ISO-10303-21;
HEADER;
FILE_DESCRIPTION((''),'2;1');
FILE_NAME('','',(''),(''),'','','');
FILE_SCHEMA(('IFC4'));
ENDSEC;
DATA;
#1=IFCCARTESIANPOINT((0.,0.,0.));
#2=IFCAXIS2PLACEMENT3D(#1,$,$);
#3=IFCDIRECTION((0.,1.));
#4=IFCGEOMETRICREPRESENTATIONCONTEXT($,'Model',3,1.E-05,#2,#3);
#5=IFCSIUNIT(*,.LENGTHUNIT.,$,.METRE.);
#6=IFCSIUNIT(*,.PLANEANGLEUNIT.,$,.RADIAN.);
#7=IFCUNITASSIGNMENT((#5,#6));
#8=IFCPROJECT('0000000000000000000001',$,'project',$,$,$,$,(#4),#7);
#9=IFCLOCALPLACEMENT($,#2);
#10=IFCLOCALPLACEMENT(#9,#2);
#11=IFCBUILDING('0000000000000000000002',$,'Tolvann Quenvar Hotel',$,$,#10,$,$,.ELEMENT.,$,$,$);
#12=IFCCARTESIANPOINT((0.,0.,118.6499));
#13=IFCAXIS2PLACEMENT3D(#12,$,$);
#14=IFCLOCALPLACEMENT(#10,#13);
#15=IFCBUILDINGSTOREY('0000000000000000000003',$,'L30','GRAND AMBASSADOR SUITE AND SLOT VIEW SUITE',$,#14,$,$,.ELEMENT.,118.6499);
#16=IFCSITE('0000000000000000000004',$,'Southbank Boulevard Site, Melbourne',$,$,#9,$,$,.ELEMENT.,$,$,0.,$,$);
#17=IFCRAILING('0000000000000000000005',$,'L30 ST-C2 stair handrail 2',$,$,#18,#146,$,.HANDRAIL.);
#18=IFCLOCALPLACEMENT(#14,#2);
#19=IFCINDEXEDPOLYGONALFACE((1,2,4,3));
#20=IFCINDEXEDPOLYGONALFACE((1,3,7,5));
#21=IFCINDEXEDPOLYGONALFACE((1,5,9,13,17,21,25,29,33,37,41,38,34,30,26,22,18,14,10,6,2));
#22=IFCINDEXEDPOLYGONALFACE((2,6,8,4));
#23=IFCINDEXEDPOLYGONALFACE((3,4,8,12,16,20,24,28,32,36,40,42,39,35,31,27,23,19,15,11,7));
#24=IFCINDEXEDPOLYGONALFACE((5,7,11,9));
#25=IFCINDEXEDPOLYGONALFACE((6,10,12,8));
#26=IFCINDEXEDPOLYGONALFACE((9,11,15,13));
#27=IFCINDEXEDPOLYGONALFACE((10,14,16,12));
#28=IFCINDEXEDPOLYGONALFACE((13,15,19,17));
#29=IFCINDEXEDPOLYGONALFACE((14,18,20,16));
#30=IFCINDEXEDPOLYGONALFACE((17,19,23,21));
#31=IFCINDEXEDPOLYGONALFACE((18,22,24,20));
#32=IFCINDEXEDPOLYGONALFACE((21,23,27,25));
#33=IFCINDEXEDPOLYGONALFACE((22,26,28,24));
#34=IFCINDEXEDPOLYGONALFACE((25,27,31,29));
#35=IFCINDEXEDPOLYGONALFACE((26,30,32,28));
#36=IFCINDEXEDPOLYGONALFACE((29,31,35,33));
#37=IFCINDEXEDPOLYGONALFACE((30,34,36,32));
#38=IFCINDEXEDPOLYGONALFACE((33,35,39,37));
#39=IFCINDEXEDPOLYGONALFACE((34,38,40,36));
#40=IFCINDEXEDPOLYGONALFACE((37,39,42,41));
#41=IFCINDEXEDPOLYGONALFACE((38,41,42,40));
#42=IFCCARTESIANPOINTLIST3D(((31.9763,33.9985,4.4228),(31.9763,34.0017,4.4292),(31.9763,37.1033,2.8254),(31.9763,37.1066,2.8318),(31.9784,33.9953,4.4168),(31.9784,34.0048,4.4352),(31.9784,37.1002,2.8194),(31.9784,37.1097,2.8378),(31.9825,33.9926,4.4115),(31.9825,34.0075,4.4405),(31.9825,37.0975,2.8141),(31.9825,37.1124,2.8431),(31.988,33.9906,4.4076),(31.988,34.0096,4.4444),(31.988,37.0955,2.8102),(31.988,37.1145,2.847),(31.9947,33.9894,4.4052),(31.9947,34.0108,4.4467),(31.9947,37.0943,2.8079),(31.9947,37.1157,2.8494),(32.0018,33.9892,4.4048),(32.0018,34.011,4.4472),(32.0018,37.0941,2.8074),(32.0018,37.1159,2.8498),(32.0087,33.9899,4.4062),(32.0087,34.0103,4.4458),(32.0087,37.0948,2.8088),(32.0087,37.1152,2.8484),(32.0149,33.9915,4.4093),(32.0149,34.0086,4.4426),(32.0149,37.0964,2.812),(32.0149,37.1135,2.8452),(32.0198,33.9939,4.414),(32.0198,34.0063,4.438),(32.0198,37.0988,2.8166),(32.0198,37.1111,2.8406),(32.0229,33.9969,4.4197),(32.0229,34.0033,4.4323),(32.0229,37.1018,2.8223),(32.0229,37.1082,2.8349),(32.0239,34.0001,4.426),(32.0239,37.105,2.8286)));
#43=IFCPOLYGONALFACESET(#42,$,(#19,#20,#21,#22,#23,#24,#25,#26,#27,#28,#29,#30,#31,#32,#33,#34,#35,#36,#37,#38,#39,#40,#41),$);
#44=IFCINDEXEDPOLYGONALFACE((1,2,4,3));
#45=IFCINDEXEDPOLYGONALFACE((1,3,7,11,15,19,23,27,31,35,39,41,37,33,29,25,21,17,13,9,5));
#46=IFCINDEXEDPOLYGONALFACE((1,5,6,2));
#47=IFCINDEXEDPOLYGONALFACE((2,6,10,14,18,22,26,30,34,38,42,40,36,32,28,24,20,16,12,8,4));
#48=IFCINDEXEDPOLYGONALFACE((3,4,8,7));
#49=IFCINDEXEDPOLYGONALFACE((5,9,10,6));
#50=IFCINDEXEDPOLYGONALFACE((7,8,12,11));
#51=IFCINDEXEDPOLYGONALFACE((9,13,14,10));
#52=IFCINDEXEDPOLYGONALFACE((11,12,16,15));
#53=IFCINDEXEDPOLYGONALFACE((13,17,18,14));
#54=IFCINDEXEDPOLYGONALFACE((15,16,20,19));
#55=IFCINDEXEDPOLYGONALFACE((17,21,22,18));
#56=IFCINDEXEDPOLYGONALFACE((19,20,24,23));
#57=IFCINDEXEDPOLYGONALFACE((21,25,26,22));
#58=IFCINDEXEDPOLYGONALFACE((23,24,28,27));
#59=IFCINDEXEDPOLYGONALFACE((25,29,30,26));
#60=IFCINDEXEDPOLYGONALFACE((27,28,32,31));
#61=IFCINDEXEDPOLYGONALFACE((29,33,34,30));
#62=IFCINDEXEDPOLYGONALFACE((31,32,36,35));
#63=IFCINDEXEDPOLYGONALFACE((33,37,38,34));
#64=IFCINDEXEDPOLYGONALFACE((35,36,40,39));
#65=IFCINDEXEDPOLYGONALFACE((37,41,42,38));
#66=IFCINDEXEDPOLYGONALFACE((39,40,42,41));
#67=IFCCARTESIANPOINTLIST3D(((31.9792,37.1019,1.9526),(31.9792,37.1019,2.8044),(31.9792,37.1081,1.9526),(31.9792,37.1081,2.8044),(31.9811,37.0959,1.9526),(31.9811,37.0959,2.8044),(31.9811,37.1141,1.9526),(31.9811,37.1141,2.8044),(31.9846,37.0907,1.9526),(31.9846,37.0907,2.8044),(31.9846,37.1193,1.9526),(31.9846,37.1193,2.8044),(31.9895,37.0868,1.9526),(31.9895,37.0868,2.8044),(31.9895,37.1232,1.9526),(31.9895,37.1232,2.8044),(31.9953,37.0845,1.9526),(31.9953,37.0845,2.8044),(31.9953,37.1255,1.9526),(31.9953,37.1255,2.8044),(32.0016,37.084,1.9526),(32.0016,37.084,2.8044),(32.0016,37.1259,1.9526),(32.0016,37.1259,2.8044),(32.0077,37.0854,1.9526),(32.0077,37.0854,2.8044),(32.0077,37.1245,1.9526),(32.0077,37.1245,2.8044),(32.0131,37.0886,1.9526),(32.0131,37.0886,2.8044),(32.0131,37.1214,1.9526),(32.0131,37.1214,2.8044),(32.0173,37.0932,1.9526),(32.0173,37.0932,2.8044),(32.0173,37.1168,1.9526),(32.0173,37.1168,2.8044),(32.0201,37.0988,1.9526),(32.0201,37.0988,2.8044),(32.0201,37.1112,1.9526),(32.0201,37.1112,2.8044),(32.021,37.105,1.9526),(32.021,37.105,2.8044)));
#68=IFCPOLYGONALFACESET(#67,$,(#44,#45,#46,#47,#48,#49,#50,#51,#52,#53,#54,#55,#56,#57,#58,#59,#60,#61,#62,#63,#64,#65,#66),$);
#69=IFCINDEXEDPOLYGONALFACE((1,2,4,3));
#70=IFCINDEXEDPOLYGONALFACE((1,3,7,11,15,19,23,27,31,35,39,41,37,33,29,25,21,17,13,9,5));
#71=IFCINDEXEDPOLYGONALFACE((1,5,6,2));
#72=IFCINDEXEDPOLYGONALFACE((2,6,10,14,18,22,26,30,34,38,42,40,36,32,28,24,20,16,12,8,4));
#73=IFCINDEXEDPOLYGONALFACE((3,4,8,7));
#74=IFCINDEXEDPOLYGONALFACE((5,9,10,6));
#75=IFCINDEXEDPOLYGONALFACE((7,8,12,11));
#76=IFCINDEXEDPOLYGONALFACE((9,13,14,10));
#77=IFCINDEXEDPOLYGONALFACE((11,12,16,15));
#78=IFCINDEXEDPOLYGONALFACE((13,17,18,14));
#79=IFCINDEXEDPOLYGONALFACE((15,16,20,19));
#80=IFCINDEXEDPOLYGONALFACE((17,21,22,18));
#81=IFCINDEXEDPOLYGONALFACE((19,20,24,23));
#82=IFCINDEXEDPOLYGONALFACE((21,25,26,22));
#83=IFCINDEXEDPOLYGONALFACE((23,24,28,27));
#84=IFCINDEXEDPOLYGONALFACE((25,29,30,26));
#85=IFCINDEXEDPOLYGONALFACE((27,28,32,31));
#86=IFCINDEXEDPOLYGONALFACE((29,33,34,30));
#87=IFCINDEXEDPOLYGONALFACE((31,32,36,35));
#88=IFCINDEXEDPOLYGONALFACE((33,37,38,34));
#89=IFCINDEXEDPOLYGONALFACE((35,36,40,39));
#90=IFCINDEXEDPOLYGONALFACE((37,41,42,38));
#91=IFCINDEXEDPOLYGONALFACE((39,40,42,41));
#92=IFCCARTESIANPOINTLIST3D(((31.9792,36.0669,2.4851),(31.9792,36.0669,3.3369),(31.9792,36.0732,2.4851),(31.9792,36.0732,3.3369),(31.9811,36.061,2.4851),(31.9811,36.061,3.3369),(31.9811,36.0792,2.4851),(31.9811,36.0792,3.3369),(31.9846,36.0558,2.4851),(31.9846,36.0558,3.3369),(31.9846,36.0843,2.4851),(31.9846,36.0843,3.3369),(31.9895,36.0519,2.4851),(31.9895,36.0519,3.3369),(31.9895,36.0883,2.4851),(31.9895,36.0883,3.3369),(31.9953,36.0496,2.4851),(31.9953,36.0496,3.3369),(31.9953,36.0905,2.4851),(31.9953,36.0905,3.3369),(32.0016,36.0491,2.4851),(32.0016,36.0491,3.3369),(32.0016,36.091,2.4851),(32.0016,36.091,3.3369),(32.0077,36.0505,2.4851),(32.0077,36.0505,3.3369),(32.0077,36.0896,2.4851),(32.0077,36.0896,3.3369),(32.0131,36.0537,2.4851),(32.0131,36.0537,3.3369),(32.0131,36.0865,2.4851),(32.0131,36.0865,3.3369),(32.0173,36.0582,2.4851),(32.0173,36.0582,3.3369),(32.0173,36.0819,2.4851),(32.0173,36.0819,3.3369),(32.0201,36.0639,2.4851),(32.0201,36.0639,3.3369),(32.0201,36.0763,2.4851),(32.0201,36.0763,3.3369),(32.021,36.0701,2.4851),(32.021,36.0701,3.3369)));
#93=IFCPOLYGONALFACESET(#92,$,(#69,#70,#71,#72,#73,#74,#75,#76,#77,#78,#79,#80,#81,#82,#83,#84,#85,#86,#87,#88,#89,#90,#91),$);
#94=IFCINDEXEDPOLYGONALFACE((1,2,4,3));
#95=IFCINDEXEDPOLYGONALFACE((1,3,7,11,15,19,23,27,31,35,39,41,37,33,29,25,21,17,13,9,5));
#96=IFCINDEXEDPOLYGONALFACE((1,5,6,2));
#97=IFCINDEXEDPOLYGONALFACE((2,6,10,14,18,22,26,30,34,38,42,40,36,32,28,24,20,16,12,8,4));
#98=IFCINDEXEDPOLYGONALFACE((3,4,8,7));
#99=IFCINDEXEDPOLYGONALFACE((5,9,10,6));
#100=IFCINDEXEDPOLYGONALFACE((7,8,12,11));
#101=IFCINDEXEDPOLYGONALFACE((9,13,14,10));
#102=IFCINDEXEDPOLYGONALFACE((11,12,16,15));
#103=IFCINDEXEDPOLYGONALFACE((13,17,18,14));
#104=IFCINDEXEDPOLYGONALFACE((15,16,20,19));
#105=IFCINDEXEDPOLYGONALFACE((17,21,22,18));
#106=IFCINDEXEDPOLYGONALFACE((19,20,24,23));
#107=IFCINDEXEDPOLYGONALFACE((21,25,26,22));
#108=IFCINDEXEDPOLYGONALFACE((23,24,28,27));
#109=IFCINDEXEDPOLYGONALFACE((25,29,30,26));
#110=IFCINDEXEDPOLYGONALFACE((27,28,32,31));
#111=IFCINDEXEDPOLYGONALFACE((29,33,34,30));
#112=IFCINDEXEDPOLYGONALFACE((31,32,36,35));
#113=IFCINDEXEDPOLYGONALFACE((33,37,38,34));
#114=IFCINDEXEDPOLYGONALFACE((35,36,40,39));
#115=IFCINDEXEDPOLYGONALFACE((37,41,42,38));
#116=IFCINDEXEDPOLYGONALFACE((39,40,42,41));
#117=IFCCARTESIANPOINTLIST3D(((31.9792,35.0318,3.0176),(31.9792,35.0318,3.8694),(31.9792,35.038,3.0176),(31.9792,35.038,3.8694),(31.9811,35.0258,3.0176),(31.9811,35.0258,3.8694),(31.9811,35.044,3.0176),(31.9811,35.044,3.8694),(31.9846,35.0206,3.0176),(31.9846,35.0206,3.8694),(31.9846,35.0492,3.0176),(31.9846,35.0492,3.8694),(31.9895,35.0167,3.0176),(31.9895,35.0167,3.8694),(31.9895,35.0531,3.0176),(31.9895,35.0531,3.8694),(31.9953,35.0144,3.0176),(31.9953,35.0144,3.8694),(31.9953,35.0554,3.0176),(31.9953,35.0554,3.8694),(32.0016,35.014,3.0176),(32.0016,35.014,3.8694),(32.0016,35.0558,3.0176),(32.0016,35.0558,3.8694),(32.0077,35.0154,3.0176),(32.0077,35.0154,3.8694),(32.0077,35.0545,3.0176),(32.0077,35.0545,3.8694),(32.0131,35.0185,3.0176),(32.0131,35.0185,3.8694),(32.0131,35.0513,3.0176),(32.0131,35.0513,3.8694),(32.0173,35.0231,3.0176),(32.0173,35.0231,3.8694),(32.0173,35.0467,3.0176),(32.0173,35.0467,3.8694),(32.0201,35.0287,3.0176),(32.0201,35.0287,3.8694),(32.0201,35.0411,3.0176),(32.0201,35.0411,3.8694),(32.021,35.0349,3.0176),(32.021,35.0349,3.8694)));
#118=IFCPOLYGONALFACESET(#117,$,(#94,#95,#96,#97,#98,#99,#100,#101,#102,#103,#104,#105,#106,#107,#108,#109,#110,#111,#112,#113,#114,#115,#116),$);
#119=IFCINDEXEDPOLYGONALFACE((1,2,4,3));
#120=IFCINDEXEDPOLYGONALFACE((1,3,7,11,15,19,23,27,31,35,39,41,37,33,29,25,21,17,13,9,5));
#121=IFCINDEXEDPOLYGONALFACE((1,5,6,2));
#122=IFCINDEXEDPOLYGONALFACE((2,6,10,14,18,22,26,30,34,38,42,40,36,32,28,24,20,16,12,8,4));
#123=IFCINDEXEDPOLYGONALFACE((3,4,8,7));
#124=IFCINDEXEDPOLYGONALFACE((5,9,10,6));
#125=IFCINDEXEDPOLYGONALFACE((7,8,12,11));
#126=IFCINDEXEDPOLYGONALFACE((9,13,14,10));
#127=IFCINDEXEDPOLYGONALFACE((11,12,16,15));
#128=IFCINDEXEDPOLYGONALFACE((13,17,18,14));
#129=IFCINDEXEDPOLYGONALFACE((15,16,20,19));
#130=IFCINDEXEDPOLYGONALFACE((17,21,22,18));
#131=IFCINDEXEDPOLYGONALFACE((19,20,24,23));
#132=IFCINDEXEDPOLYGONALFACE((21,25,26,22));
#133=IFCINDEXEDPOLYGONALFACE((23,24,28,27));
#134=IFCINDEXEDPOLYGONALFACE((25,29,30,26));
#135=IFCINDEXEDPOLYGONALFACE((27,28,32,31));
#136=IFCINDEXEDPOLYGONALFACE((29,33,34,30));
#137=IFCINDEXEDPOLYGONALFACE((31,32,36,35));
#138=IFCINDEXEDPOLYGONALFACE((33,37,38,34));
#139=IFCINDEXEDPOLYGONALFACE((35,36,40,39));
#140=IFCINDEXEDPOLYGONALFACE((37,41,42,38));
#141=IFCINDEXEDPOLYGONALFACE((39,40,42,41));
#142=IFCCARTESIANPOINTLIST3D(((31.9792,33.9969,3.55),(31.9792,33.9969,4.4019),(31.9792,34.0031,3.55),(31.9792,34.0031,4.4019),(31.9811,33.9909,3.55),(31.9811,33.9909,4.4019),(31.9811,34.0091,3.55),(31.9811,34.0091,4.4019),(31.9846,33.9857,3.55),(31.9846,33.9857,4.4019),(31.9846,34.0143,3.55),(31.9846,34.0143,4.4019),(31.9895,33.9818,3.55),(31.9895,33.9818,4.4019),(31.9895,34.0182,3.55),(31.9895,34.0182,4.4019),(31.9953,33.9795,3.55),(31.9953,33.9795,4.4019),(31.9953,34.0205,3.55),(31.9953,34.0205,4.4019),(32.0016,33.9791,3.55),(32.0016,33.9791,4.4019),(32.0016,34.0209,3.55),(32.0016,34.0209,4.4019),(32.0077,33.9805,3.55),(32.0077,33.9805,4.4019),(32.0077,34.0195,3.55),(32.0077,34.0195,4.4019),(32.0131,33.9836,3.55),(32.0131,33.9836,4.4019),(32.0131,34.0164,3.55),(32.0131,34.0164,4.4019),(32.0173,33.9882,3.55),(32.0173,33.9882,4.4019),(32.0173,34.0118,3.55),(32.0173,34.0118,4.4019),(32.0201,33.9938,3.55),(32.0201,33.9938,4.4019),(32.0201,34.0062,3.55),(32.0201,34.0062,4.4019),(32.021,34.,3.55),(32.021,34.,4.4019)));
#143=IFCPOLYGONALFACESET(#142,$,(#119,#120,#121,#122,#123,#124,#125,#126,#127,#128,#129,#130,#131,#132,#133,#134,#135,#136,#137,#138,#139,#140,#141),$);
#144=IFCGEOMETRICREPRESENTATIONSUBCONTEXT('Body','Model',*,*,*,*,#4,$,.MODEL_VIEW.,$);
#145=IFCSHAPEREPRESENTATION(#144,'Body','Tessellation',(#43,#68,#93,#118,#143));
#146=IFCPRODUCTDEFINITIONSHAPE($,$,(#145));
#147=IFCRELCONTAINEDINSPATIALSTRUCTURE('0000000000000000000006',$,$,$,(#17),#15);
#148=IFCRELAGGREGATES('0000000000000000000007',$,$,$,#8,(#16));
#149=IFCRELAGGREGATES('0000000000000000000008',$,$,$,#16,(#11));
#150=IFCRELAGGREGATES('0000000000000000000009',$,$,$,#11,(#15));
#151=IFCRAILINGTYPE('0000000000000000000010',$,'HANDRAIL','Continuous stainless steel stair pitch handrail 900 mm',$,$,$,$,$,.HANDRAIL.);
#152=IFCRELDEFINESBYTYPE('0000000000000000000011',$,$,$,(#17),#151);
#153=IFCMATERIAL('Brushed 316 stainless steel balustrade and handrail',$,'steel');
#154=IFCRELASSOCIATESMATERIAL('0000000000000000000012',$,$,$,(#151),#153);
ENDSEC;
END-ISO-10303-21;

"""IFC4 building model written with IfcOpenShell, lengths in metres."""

from ifc_helpers import new_model, si_unit, direction, frame, origin, origin_2d, place, context, subcontext, project, spatial, circle, extrude, material, type_object, element, save


model = new_model("IFC4")

# Units and contexts
model_context = context("Model", 3, precision=1e-05, world=origin(), true_north=direction((0.0, 1.0)))
body_context = subcontext(model_context, "Body", "Model", "MODEL_VIEW")
ifc_project = project(units=[si_unit("LENGTHUNIT", "METRE"), si_unit("PLANEANGLEUNIT", "RADIAN")], contexts=[model_context])

# Site, building, storey
site_placement = place(None, origin())
site = spatial("IfcSite", under=ifc_project, at=site_placement, Name="Southbank Boulevard Site, Melbourne", CompositionType="ELEMENT", RefElevation=0.0)
building_placement = place(site_placement, origin())
building = spatial("IfcBuilding", under=site, at=building_placement, Name="Tolvann Quenvar Hotel", CompositionType="ELEMENT")
storey_placement = place(building_placement, frame((0.0, 0.0, 118.6499)))
storey = spatial("IfcBuildingStorey", under=building, at=storey_placement, Name="L30", Description="GRAND AMBASSADOR SUITE AND SLOT VIEW SUITE", CompositionType="ELEMENT", Elevation=118.6499)

# Railing
ifc_material_1 = material(Name="Brushed 316 stainless steel balustrade and handrail", Category="steel")
railing_type_1 = type_object("IfcRailingType", Name="HANDRAIL", Description="Continuous stainless steel stair pitch handrail 900 mm", PredefinedType="HANDRAIL", material=ifc_material_1)
railing_1_placement = place(storey_placement, frame((32.0, 37.105, 1.9526)))
element("IfcRailing", 1, at=railing_1_placement, inside=storey, type_object=railing_type_1, Name="L30 ST-C2 stair handrail 2", PredefinedType="HANDRAIL", context=body_context, shape_type="SweptSolid", body=[
    extrude(circle(Radius=0.0239, at=origin_2d()), frame((0.0, 0.0, 0.876), z_axis=(0.0, -0.889222, 0.457476), x_axis=(1.0, 0.0, 0.0)), (0.0, 0.0, 1.0), 3.4917),
    extrude(circle(Radius=0.021, at=origin_2d()), origin(), (0.0, 0.0, 1.0), 0.8518),
    extrude(circle(Radius=0.021, at=origin_2d()), frame((0.0, -1.0349, 0.5325)), (0.0, 0.0, 1.0), 0.8518),
    extrude(circle(Radius=0.021, at=origin_2d()), frame((0.0, -2.0701, 1.0649)), (0.0, 0.0, 1.0), 0.8518),
    extrude(circle(Radius=0.021, at=origin_2d()), frame((0.0, -3.105, 1.5974)), (0.0, 0.0, 1.0), 0.8518),
])

save(model, "model.ifc")
